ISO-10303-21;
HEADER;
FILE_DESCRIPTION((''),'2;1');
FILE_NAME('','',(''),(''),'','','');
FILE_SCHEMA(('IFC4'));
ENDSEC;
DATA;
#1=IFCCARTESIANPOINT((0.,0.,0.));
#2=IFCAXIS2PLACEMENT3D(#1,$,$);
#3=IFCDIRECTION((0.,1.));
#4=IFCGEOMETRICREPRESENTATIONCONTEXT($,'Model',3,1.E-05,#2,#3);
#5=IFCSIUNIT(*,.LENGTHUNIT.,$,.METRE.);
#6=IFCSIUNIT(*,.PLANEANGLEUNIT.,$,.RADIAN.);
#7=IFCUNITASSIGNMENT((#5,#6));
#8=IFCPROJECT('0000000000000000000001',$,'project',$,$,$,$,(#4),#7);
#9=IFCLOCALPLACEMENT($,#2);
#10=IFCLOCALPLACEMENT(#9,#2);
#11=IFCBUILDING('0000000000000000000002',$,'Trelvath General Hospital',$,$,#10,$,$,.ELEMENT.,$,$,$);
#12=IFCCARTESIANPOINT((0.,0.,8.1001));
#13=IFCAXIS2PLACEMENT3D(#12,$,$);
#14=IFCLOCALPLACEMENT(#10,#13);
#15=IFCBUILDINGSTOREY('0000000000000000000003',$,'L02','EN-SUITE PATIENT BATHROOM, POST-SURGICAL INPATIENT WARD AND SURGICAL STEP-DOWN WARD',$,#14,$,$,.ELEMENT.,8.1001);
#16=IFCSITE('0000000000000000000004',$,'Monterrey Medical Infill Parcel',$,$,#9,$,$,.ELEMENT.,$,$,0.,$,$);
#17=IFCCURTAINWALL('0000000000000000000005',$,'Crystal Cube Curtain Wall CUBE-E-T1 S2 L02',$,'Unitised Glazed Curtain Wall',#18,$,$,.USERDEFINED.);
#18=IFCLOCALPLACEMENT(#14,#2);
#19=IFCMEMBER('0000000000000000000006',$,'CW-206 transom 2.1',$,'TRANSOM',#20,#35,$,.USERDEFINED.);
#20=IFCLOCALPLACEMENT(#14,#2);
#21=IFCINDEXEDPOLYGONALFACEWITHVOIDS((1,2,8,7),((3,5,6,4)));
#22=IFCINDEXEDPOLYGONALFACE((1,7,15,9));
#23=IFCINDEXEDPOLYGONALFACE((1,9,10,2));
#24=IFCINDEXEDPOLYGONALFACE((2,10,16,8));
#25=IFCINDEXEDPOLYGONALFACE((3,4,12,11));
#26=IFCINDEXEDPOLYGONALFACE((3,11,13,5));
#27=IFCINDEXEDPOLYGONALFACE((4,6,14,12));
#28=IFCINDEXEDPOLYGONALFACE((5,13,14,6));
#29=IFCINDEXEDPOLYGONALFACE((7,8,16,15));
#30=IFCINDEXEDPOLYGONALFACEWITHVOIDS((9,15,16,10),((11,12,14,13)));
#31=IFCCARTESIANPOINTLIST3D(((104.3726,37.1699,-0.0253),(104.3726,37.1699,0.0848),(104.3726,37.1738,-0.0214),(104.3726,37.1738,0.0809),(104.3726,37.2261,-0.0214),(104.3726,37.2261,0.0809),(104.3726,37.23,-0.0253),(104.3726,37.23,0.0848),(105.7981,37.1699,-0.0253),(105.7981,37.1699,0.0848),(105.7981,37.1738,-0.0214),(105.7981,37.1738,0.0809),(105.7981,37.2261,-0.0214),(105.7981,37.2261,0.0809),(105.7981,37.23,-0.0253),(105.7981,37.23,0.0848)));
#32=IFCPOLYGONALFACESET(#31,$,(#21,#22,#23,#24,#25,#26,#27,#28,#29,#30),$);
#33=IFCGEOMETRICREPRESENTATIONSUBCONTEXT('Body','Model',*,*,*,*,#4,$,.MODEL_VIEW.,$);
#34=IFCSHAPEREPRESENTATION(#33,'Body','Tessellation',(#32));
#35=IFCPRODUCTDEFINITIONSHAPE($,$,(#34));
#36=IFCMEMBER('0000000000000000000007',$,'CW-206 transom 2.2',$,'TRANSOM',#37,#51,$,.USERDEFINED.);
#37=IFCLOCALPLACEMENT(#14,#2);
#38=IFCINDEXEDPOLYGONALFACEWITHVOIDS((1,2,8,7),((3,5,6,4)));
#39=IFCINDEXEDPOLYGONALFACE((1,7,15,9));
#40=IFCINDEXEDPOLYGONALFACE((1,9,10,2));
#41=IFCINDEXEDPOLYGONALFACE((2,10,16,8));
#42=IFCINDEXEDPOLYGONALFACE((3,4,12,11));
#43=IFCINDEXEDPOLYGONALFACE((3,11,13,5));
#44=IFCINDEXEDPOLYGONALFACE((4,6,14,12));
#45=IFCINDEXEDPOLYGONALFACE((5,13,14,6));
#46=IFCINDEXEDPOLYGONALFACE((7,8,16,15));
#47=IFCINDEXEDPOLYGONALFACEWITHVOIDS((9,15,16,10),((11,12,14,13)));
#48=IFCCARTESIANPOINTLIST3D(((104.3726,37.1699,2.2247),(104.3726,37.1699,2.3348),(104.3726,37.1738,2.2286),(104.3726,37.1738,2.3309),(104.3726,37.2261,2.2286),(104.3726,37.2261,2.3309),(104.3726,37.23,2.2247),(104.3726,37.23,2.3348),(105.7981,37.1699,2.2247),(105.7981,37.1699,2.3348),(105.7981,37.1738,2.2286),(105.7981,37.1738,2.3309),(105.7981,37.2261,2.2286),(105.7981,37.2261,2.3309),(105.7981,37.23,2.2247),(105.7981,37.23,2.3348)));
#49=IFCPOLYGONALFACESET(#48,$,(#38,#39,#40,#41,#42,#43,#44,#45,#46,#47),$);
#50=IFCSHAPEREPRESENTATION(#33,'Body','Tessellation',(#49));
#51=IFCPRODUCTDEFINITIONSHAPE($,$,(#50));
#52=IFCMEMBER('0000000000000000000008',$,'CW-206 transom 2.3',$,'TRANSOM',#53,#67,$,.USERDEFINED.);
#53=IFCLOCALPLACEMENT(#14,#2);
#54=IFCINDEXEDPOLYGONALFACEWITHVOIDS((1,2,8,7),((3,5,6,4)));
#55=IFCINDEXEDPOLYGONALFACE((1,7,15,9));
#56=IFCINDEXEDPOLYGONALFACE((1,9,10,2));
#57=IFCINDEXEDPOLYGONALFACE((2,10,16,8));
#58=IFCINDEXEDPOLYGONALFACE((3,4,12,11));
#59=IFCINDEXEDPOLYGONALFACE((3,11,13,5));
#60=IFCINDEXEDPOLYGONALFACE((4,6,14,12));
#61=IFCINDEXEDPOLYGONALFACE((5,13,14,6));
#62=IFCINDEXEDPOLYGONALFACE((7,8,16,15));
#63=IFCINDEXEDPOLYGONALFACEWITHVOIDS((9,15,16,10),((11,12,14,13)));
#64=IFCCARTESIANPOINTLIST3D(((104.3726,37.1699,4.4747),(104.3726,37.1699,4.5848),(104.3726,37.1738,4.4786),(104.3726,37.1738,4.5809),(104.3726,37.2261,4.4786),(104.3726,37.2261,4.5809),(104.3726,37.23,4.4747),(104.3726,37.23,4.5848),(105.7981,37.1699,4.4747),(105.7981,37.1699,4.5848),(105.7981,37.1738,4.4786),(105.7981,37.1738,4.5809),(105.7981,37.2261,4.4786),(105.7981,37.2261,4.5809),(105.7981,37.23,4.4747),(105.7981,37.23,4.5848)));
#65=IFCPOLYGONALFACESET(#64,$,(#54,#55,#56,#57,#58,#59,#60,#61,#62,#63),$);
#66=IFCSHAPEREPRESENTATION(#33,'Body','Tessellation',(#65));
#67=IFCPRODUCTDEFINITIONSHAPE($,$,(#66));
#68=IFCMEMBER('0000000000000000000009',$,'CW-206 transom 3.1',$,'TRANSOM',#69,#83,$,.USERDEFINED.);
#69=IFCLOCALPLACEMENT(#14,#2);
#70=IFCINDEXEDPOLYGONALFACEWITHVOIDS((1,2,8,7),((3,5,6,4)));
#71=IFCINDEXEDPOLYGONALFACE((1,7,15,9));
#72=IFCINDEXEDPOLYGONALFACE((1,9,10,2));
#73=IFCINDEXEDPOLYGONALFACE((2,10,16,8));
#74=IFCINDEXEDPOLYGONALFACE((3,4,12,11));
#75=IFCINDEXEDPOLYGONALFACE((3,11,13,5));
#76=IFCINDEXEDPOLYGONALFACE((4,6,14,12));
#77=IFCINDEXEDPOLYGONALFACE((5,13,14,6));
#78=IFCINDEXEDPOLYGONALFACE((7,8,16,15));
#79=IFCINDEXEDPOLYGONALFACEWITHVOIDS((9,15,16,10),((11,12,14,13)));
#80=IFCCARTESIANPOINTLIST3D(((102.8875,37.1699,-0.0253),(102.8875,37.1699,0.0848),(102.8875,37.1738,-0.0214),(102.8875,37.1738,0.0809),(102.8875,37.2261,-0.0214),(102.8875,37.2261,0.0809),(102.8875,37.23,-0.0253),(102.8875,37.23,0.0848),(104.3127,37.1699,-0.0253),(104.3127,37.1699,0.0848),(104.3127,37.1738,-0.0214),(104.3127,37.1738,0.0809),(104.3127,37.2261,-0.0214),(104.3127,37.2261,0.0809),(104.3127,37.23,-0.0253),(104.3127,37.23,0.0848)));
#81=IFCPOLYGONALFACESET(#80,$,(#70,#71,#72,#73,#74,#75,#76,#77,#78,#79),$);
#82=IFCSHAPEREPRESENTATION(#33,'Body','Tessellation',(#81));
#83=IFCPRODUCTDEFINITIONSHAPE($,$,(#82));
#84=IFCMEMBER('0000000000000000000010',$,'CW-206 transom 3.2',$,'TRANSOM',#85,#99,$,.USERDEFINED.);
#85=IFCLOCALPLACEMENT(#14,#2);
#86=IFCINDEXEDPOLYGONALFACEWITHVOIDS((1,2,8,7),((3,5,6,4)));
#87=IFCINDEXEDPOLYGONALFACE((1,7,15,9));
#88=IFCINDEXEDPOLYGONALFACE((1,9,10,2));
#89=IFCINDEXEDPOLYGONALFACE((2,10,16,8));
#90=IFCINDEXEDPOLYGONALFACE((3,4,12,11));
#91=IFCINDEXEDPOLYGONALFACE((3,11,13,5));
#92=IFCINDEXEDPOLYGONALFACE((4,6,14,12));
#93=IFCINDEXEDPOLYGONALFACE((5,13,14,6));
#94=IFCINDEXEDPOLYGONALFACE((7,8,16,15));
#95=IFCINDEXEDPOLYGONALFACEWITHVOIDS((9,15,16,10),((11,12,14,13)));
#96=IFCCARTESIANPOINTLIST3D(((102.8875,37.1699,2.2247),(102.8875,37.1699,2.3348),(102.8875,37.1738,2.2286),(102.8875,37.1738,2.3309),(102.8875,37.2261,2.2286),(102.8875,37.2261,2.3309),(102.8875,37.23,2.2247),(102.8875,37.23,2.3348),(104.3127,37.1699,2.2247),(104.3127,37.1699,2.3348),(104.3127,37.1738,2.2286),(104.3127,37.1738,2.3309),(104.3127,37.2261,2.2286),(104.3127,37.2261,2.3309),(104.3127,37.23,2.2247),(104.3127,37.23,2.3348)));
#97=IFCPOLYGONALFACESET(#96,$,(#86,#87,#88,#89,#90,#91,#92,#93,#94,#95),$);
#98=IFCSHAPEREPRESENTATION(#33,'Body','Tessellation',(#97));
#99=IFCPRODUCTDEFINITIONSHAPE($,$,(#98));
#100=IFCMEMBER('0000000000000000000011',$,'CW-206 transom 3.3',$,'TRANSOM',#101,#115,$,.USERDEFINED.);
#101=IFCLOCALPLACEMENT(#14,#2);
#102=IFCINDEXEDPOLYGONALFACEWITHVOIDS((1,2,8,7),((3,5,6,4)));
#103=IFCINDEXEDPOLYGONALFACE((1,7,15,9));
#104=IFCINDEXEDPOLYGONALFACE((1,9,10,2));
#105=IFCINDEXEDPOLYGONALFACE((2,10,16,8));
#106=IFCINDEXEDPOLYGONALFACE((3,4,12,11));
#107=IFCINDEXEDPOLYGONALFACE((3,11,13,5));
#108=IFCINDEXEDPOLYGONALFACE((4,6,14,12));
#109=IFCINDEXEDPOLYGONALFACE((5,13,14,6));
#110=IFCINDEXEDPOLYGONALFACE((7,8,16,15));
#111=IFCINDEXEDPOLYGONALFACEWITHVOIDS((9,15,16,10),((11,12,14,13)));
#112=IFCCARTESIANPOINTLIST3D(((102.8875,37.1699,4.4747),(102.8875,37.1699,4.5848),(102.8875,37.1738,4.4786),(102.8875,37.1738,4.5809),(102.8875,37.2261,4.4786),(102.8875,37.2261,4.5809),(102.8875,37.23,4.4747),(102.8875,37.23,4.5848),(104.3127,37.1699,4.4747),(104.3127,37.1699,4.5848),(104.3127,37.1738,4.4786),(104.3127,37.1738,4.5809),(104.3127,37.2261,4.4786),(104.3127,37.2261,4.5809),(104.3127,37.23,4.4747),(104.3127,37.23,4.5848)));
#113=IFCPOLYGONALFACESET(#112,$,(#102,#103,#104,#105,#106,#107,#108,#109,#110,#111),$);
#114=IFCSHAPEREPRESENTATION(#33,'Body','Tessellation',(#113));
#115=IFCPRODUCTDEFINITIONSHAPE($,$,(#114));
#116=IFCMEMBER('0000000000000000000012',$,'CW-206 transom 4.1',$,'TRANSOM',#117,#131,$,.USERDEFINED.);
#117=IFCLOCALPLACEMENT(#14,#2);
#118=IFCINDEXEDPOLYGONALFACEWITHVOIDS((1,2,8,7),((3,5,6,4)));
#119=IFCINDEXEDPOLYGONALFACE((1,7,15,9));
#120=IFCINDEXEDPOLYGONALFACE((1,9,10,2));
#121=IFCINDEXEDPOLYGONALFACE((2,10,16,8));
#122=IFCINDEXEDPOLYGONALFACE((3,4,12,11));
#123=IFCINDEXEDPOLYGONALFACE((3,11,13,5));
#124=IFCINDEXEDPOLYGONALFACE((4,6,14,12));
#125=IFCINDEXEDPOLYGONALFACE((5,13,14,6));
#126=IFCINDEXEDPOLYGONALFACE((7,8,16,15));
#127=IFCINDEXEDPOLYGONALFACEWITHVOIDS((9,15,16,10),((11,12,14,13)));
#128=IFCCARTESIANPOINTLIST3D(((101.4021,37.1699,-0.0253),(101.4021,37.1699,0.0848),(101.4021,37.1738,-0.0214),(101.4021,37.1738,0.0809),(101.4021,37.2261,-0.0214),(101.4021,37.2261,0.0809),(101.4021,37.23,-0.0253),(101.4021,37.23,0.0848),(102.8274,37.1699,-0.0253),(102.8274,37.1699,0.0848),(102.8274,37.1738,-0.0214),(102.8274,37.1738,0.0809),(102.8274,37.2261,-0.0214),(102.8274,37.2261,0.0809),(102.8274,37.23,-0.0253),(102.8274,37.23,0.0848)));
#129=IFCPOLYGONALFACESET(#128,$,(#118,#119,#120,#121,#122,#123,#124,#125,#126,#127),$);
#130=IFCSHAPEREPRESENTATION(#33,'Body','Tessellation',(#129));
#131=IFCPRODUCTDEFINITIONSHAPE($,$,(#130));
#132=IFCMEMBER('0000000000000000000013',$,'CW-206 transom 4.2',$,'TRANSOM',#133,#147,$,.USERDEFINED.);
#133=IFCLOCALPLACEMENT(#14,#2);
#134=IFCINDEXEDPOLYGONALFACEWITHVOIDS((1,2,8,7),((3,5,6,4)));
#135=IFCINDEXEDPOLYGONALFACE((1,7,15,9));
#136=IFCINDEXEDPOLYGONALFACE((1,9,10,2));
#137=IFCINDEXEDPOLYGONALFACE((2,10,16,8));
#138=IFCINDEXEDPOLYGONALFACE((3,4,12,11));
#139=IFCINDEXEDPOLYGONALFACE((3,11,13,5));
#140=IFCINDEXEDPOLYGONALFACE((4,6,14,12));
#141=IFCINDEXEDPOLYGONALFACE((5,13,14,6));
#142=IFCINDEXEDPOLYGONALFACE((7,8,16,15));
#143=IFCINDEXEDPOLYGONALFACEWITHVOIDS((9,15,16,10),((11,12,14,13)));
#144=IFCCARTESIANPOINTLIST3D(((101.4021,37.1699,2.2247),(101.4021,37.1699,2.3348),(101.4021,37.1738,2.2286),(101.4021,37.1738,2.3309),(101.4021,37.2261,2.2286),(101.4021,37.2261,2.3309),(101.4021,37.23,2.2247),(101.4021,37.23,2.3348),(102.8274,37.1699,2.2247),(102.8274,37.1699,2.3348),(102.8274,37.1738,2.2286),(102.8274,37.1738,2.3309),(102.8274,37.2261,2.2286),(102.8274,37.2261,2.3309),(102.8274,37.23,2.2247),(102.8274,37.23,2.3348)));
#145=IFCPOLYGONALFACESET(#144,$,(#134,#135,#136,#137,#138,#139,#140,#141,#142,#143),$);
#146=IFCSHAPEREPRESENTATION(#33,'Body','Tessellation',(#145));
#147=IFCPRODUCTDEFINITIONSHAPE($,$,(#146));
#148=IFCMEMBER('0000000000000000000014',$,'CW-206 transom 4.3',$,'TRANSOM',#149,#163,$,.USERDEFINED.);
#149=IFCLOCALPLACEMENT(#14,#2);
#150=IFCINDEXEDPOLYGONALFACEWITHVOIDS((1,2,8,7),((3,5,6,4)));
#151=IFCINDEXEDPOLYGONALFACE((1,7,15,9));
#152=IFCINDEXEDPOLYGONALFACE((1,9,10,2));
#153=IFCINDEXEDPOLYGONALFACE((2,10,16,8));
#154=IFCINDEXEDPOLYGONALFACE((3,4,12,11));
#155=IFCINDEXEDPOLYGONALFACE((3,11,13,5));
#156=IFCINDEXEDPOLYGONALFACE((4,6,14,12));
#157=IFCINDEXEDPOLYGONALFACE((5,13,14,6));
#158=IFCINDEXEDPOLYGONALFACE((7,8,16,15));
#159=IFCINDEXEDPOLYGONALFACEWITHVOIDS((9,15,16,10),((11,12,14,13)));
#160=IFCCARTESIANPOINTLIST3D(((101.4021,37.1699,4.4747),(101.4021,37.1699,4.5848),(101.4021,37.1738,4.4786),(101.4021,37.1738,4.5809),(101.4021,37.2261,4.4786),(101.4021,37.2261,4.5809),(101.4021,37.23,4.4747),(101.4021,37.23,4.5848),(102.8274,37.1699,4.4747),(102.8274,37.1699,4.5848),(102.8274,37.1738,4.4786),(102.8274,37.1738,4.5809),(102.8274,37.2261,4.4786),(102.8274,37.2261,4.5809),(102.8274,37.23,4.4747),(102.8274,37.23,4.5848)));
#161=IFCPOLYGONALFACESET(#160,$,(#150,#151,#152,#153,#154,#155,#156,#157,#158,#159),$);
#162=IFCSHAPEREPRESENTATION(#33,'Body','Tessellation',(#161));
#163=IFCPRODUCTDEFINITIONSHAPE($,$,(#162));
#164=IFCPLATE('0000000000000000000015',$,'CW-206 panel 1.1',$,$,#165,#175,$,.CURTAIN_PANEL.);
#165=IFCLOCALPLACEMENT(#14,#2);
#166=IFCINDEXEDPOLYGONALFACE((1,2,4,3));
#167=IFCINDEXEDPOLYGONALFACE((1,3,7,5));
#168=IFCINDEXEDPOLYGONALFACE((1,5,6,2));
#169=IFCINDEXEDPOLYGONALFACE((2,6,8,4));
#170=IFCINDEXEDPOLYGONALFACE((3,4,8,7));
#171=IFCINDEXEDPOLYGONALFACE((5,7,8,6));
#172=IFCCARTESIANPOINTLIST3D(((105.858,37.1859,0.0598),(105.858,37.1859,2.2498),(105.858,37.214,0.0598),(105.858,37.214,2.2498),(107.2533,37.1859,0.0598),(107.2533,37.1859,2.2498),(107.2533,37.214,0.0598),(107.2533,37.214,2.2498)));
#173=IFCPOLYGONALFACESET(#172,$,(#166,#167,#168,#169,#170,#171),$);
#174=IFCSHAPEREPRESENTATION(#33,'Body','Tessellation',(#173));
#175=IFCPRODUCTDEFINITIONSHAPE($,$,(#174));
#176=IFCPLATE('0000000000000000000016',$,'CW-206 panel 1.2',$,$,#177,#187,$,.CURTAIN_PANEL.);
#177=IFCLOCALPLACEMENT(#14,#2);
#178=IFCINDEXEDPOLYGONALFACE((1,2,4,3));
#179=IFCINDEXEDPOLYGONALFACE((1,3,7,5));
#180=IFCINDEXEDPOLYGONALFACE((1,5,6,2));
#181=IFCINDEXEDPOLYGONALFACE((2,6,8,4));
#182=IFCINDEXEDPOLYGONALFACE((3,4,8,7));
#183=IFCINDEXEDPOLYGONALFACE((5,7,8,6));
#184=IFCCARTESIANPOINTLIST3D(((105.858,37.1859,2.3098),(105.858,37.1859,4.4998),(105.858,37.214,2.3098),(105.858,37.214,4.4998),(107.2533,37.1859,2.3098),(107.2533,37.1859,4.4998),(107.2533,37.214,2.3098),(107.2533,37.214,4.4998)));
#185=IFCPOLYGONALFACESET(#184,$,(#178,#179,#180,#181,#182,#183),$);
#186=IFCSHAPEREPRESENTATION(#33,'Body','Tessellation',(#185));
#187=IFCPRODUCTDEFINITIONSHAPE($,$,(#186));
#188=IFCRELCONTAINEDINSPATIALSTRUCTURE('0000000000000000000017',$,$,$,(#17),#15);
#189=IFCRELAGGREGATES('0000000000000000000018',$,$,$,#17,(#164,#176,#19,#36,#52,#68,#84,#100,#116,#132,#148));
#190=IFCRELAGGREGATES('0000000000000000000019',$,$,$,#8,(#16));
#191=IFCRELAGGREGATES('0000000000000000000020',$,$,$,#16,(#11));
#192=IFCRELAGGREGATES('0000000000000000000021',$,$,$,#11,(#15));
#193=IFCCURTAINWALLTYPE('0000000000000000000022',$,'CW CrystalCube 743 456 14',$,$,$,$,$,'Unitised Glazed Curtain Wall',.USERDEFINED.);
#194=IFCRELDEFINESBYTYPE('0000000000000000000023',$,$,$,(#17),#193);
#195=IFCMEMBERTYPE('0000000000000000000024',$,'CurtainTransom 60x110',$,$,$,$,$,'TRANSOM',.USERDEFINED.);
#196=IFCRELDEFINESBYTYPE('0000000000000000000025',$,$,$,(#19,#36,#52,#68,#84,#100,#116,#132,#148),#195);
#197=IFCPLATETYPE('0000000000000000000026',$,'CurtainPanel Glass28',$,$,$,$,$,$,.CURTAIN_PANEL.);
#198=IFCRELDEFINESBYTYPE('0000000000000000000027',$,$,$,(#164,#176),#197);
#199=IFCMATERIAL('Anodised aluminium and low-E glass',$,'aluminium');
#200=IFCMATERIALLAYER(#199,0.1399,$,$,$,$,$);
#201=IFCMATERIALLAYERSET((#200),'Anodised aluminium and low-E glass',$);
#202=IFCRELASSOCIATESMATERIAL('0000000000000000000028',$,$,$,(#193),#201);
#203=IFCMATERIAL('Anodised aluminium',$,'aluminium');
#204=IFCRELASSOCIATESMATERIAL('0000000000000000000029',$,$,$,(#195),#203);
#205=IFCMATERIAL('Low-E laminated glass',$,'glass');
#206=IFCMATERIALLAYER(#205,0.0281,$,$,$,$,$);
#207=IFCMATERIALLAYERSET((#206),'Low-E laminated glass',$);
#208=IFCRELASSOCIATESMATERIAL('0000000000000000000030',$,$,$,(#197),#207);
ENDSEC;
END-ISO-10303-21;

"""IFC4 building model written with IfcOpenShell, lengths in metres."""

from ifc_helpers import new_model, si_unit, direction, frame, origin, origin_2d, place, context, subcontext, project, spatial, rectangle, hollow_rectangle, extrude, material, layer, layer_set, material_profile, profile_set, type_object, element, aggregate, save


model = new_model("IFC4")

# Units and contexts
model_context = context("Model", 3, precision=1e-05, world=origin(), true_north=direction((0.0, 1.0)))
body_context = subcontext(model_context, "Body", "Model", "MODEL_VIEW")
ifc_project = project(units=[si_unit("LENGTHUNIT", "METRE"), si_unit("PLANEANGLEUNIT", "RADIAN")], contexts=[model_context])

# Site, building, storey
site_placement = place(None, origin())
site = spatial("IfcSite", under=ifc_project, at=site_placement, Name="Monterrey Medical Infill Parcel", CompositionType="ELEMENT", RefElevation=0.0)
building_placement = place(site_placement, origin())
building = spatial("IfcBuilding", under=site, at=building_placement, Name="Trelvath General Hospital", CompositionType="ELEMENT")
storey_placement = place(building_placement, frame((0.0, 0.0, 8.1001)))
storey = spatial("IfcBuildingStorey", under=building, at=storey_placement, Name="L02", Description="EN-SUITE PATIENT BATHROOM, POST-SURGICAL INPATIENT WARD AND SURGICAL STEP-DOWN WARD", CompositionType="ELEMENT", Elevation=8.1001)

# Curtain wall, members, plates
ifc_material_1 = material(Name="Anodised aluminium and low-E glass", Category="aluminium")
ifc_layer_1 = layer(ifc_material_1, 0.1399)
ifc_layer_set_1 = layer_set([ifc_layer_1], Name="Anodised aluminium and low-E glass")
curtain_wall_type = type_object("IfcCurtainWallType", Name="CW CrystalCube 743 456 14", ElementType="Unitised Glazed Curtain Wall", PredefinedType="USERDEFINED", material=ifc_layer_set_1)
curtain_wall_placement = place(storey_placement, origin())
curtain_wall = element("IfcCurtainWall", 1, at=curtain_wall_placement, inside=storey, type_object=curtain_wall_type, Name="Crystal Cube Curtain Wall CUBE-E-T1 S2 L02", ObjectType="Unitised Glazed Curtain Wall", PredefinedType="USERDEFINED")
ifc_material_2 = material(Name="Anodised aluminium", Category="aluminium")
ifc_material_profile_1 = material_profile(ifc_material_2, hollow_rectangle(XDim=0.0601, YDim=0.1101, WallThickness=0.0039, at=origin_2d()), Name="RHS60x110x4")
ifc_profile_set_1 = profile_set([ifc_material_profile_1], Name="Anodised aluminium")
member_type_1 = type_object("IfcMemberType", Name="CurtainTransom 60x110", ElementType="TRANSOM", PredefinedType="USERDEFINED", material=ifc_profile_set_1)
member_1_placement = place(storey_placement, frame((105.7981, 37.2, 0.0298), z_axis=(-1.0, 0.0, 0.0), x_axis=(0.0, -1.0, 0.0)))
member_1 = element("IfcMember", 2, at=member_1_placement, type_object=member_type_1, Name="CW-206 transom 2.1", ObjectType="TRANSOM", PredefinedType="USERDEFINED", context=body_context, shape_type="SweptSolid", body=[
    extrude(hollow_rectangle(XDim=0.0601, YDim=0.1101, WallThickness=0.0039, at=origin_2d()), origin(), (0.0, 0.0, 1.0), 1.4255),
])
member_2_placement = place(storey_placement, frame((105.7981, 37.2, 2.2798), z_axis=(-1.0, 0.0, 0.0), x_axis=(0.0, -1.0, 0.0)))
member_2 = element("IfcMember", 3, at=member_2_placement, type_object=member_type_1, Name="CW-206 transom 2.2", ObjectType="TRANSOM", PredefinedType="USERDEFINED", context=body_context, shape_type="SweptSolid", body=[
    extrude(hollow_rectangle(XDim=0.0601, YDim=0.1101, WallThickness=0.0039, at=origin_2d()), origin(), (0.0, 0.0, 1.0), 1.4255),
])
member_3_placement = place(storey_placement, frame((105.7981, 37.2, 4.5298), z_axis=(-1.0, 0.0, 0.0), x_axis=(0.0, -1.0, 0.0)))
member_3 = element("IfcMember", 4, at=member_3_placement, type_object=member_type_1, Name="CW-206 transom 2.3", ObjectType="TRANSOM", PredefinedType="USERDEFINED", context=body_context, shape_type="SweptSolid", body=[
    extrude(hollow_rectangle(XDim=0.0601, YDim=0.1101, WallThickness=0.0039, at=origin_2d()), origin(), (0.0, 0.0, 1.0), 1.4255),
])
member_4_placement = place(storey_placement, frame((104.3127, 37.2, 0.0298), z_axis=(-1.0, 0.0, 0.0), x_axis=(0.0, -1.0, 0.0)))
member_4 = element("IfcMember", 5, at=member_4_placement, type_object=member_type_1, Name="CW-206 transom 3.1", ObjectType="TRANSOM", PredefinedType="USERDEFINED", context=body_context, shape_type="SweptSolid", body=[
    extrude(hollow_rectangle(XDim=0.0601, YDim=0.1101, WallThickness=0.0039, at=origin_2d()), origin(), (0.0, 0.0, 1.0), 1.4253),
])
member_5_placement = place(storey_placement, frame((104.3127, 37.2, 2.2798), z_axis=(-1.0, 0.0, 0.0), x_axis=(0.0, -1.0, 0.0)))
member_5 = element("IfcMember", 6, at=member_5_placement, type_object=member_type_1, Name="CW-206 transom 3.2", ObjectType="TRANSOM", PredefinedType="USERDEFINED", context=body_context, shape_type="SweptSolid", body=[
    extrude(hollow_rectangle(XDim=0.0601, YDim=0.1101, WallThickness=0.0039, at=origin_2d()), origin(), (0.0, 0.0, 1.0), 1.4253),
])
member_6_placement = place(storey_placement, frame((104.3127, 37.2, 4.5298), z_axis=(-1.0, 0.0, 0.0), x_axis=(0.0, -1.0, 0.0)))
member_6 = element("IfcMember", 7, at=member_6_placement, type_object=member_type_1, Name="CW-206 transom 3.3", ObjectType="TRANSOM", PredefinedType="USERDEFINED", context=body_context, shape_type="SweptSolid", body=[
    extrude(hollow_rectangle(XDim=0.0601, YDim=0.1101, WallThickness=0.0039, at=origin_2d()), origin(), (0.0, 0.0, 1.0), 1.4253),
])
member_7_placement = place(storey_placement, frame((102.8274, 37.2, 0.0298), z_axis=(-1.0, 0.0, 0.0), x_axis=(0.0, -1.0, 0.0)))
member_7 = element("IfcMember", 8, at=member_7_placement, type_object=member_type_1, Name="CW-206 transom 4.1", ObjectType="TRANSOM", PredefinedType="USERDEFINED", context=body_context, shape_type="SweptSolid", body=[
    extrude(hollow_rectangle(XDim=0.0601, YDim=0.1101, WallThickness=0.0039, at=origin_2d()), origin(), (0.0, 0.0, 1.0), 1.4253),
])
member_8_placement = place(storey_placement, frame((102.8274, 37.2, 2.2798), z_axis=(-1.0, 0.0, 0.0), x_axis=(0.0, -1.0, 0.0)))
member_8 = element("IfcMember", 9, at=member_8_placement, type_object=member_type_1, Name="CW-206 transom 4.2", ObjectType="TRANSOM", PredefinedType="USERDEFINED", context=body_context, shape_type="SweptSolid", body=[
    extrude(hollow_rectangle(XDim=0.0601, YDim=0.1101, WallThickness=0.0039, at=origin_2d()), origin(), (0.0, 0.0, 1.0), 1.4253),
])
member_9_placement = place(storey_placement, frame((102.8274, 37.2, 4.5298), z_axis=(-1.0, 0.0, 0.0), x_axis=(0.0, -1.0, 0.0)))
member_9 = element("IfcMember", 10, at=member_9_placement, type_object=member_type_1, Name="CW-206 transom 4.3", ObjectType="TRANSOM", PredefinedType="USERDEFINED", context=body_context, shape_type="SweptSolid", body=[
    extrude(hollow_rectangle(XDim=0.0601, YDim=0.1101, WallThickness=0.0039, at=origin_2d()), origin(), (0.0, 0.0, 1.0), 1.4253),
])
ifc_material_3 = material(Name="Low-E laminated glass", Category="glass")
ifc_layer_2 = layer(ifc_material_3, 0.0281)
ifc_layer_set_2 = layer_set([ifc_layer_2], Name="Low-E laminated glass")
plate_type = type_object("IfcPlateType", Name="CurtainPanel Glass28", PredefinedType="CURTAIN_PANEL", material=ifc_layer_set_2)
plate_1_placement = place(storey_placement, frame((106.5557, 37.2, 0.0598), z_axis=(0.0, 0.0, 1.0), x_axis=(-1.0, 0.0, 0.0)))
plate_1 = element("IfcPlate", 11, at=plate_1_placement, type_object=plate_type, Name="CW-206 panel 1.1", PredefinedType="CURTAIN_PANEL", context=body_context, shape_type="SweptSolid", body=[
    extrude(rectangle(XDim=1.3953, YDim=0.0281, at=origin_2d()), origin(), (0.0, 0.0, 1.0), 2.1899),
])
plate_2_placement = place(storey_placement, frame((106.5557, 37.2, 2.3098), z_axis=(0.0, 0.0, 1.0), x_axis=(-1.0, 0.0, 0.0)))
plate_2 = element("IfcPlate", 12, at=plate_2_placement, type_object=plate_type, Name="CW-206 panel 1.2", PredefinedType="CURTAIN_PANEL", context=body_context, shape_type="SweptSolid", body=[
    extrude(rectangle(XDim=1.3953, YDim=0.0281, at=origin_2d()), origin(), (0.0, 0.0, 1.0), 2.1899),
])
aggregate(curtain_wall, [plate_1, plate_2, member_1, member_2, member_3, member_4, member_5, member_6, member_7, member_8, member_9])

save(model, "model.ifc")
